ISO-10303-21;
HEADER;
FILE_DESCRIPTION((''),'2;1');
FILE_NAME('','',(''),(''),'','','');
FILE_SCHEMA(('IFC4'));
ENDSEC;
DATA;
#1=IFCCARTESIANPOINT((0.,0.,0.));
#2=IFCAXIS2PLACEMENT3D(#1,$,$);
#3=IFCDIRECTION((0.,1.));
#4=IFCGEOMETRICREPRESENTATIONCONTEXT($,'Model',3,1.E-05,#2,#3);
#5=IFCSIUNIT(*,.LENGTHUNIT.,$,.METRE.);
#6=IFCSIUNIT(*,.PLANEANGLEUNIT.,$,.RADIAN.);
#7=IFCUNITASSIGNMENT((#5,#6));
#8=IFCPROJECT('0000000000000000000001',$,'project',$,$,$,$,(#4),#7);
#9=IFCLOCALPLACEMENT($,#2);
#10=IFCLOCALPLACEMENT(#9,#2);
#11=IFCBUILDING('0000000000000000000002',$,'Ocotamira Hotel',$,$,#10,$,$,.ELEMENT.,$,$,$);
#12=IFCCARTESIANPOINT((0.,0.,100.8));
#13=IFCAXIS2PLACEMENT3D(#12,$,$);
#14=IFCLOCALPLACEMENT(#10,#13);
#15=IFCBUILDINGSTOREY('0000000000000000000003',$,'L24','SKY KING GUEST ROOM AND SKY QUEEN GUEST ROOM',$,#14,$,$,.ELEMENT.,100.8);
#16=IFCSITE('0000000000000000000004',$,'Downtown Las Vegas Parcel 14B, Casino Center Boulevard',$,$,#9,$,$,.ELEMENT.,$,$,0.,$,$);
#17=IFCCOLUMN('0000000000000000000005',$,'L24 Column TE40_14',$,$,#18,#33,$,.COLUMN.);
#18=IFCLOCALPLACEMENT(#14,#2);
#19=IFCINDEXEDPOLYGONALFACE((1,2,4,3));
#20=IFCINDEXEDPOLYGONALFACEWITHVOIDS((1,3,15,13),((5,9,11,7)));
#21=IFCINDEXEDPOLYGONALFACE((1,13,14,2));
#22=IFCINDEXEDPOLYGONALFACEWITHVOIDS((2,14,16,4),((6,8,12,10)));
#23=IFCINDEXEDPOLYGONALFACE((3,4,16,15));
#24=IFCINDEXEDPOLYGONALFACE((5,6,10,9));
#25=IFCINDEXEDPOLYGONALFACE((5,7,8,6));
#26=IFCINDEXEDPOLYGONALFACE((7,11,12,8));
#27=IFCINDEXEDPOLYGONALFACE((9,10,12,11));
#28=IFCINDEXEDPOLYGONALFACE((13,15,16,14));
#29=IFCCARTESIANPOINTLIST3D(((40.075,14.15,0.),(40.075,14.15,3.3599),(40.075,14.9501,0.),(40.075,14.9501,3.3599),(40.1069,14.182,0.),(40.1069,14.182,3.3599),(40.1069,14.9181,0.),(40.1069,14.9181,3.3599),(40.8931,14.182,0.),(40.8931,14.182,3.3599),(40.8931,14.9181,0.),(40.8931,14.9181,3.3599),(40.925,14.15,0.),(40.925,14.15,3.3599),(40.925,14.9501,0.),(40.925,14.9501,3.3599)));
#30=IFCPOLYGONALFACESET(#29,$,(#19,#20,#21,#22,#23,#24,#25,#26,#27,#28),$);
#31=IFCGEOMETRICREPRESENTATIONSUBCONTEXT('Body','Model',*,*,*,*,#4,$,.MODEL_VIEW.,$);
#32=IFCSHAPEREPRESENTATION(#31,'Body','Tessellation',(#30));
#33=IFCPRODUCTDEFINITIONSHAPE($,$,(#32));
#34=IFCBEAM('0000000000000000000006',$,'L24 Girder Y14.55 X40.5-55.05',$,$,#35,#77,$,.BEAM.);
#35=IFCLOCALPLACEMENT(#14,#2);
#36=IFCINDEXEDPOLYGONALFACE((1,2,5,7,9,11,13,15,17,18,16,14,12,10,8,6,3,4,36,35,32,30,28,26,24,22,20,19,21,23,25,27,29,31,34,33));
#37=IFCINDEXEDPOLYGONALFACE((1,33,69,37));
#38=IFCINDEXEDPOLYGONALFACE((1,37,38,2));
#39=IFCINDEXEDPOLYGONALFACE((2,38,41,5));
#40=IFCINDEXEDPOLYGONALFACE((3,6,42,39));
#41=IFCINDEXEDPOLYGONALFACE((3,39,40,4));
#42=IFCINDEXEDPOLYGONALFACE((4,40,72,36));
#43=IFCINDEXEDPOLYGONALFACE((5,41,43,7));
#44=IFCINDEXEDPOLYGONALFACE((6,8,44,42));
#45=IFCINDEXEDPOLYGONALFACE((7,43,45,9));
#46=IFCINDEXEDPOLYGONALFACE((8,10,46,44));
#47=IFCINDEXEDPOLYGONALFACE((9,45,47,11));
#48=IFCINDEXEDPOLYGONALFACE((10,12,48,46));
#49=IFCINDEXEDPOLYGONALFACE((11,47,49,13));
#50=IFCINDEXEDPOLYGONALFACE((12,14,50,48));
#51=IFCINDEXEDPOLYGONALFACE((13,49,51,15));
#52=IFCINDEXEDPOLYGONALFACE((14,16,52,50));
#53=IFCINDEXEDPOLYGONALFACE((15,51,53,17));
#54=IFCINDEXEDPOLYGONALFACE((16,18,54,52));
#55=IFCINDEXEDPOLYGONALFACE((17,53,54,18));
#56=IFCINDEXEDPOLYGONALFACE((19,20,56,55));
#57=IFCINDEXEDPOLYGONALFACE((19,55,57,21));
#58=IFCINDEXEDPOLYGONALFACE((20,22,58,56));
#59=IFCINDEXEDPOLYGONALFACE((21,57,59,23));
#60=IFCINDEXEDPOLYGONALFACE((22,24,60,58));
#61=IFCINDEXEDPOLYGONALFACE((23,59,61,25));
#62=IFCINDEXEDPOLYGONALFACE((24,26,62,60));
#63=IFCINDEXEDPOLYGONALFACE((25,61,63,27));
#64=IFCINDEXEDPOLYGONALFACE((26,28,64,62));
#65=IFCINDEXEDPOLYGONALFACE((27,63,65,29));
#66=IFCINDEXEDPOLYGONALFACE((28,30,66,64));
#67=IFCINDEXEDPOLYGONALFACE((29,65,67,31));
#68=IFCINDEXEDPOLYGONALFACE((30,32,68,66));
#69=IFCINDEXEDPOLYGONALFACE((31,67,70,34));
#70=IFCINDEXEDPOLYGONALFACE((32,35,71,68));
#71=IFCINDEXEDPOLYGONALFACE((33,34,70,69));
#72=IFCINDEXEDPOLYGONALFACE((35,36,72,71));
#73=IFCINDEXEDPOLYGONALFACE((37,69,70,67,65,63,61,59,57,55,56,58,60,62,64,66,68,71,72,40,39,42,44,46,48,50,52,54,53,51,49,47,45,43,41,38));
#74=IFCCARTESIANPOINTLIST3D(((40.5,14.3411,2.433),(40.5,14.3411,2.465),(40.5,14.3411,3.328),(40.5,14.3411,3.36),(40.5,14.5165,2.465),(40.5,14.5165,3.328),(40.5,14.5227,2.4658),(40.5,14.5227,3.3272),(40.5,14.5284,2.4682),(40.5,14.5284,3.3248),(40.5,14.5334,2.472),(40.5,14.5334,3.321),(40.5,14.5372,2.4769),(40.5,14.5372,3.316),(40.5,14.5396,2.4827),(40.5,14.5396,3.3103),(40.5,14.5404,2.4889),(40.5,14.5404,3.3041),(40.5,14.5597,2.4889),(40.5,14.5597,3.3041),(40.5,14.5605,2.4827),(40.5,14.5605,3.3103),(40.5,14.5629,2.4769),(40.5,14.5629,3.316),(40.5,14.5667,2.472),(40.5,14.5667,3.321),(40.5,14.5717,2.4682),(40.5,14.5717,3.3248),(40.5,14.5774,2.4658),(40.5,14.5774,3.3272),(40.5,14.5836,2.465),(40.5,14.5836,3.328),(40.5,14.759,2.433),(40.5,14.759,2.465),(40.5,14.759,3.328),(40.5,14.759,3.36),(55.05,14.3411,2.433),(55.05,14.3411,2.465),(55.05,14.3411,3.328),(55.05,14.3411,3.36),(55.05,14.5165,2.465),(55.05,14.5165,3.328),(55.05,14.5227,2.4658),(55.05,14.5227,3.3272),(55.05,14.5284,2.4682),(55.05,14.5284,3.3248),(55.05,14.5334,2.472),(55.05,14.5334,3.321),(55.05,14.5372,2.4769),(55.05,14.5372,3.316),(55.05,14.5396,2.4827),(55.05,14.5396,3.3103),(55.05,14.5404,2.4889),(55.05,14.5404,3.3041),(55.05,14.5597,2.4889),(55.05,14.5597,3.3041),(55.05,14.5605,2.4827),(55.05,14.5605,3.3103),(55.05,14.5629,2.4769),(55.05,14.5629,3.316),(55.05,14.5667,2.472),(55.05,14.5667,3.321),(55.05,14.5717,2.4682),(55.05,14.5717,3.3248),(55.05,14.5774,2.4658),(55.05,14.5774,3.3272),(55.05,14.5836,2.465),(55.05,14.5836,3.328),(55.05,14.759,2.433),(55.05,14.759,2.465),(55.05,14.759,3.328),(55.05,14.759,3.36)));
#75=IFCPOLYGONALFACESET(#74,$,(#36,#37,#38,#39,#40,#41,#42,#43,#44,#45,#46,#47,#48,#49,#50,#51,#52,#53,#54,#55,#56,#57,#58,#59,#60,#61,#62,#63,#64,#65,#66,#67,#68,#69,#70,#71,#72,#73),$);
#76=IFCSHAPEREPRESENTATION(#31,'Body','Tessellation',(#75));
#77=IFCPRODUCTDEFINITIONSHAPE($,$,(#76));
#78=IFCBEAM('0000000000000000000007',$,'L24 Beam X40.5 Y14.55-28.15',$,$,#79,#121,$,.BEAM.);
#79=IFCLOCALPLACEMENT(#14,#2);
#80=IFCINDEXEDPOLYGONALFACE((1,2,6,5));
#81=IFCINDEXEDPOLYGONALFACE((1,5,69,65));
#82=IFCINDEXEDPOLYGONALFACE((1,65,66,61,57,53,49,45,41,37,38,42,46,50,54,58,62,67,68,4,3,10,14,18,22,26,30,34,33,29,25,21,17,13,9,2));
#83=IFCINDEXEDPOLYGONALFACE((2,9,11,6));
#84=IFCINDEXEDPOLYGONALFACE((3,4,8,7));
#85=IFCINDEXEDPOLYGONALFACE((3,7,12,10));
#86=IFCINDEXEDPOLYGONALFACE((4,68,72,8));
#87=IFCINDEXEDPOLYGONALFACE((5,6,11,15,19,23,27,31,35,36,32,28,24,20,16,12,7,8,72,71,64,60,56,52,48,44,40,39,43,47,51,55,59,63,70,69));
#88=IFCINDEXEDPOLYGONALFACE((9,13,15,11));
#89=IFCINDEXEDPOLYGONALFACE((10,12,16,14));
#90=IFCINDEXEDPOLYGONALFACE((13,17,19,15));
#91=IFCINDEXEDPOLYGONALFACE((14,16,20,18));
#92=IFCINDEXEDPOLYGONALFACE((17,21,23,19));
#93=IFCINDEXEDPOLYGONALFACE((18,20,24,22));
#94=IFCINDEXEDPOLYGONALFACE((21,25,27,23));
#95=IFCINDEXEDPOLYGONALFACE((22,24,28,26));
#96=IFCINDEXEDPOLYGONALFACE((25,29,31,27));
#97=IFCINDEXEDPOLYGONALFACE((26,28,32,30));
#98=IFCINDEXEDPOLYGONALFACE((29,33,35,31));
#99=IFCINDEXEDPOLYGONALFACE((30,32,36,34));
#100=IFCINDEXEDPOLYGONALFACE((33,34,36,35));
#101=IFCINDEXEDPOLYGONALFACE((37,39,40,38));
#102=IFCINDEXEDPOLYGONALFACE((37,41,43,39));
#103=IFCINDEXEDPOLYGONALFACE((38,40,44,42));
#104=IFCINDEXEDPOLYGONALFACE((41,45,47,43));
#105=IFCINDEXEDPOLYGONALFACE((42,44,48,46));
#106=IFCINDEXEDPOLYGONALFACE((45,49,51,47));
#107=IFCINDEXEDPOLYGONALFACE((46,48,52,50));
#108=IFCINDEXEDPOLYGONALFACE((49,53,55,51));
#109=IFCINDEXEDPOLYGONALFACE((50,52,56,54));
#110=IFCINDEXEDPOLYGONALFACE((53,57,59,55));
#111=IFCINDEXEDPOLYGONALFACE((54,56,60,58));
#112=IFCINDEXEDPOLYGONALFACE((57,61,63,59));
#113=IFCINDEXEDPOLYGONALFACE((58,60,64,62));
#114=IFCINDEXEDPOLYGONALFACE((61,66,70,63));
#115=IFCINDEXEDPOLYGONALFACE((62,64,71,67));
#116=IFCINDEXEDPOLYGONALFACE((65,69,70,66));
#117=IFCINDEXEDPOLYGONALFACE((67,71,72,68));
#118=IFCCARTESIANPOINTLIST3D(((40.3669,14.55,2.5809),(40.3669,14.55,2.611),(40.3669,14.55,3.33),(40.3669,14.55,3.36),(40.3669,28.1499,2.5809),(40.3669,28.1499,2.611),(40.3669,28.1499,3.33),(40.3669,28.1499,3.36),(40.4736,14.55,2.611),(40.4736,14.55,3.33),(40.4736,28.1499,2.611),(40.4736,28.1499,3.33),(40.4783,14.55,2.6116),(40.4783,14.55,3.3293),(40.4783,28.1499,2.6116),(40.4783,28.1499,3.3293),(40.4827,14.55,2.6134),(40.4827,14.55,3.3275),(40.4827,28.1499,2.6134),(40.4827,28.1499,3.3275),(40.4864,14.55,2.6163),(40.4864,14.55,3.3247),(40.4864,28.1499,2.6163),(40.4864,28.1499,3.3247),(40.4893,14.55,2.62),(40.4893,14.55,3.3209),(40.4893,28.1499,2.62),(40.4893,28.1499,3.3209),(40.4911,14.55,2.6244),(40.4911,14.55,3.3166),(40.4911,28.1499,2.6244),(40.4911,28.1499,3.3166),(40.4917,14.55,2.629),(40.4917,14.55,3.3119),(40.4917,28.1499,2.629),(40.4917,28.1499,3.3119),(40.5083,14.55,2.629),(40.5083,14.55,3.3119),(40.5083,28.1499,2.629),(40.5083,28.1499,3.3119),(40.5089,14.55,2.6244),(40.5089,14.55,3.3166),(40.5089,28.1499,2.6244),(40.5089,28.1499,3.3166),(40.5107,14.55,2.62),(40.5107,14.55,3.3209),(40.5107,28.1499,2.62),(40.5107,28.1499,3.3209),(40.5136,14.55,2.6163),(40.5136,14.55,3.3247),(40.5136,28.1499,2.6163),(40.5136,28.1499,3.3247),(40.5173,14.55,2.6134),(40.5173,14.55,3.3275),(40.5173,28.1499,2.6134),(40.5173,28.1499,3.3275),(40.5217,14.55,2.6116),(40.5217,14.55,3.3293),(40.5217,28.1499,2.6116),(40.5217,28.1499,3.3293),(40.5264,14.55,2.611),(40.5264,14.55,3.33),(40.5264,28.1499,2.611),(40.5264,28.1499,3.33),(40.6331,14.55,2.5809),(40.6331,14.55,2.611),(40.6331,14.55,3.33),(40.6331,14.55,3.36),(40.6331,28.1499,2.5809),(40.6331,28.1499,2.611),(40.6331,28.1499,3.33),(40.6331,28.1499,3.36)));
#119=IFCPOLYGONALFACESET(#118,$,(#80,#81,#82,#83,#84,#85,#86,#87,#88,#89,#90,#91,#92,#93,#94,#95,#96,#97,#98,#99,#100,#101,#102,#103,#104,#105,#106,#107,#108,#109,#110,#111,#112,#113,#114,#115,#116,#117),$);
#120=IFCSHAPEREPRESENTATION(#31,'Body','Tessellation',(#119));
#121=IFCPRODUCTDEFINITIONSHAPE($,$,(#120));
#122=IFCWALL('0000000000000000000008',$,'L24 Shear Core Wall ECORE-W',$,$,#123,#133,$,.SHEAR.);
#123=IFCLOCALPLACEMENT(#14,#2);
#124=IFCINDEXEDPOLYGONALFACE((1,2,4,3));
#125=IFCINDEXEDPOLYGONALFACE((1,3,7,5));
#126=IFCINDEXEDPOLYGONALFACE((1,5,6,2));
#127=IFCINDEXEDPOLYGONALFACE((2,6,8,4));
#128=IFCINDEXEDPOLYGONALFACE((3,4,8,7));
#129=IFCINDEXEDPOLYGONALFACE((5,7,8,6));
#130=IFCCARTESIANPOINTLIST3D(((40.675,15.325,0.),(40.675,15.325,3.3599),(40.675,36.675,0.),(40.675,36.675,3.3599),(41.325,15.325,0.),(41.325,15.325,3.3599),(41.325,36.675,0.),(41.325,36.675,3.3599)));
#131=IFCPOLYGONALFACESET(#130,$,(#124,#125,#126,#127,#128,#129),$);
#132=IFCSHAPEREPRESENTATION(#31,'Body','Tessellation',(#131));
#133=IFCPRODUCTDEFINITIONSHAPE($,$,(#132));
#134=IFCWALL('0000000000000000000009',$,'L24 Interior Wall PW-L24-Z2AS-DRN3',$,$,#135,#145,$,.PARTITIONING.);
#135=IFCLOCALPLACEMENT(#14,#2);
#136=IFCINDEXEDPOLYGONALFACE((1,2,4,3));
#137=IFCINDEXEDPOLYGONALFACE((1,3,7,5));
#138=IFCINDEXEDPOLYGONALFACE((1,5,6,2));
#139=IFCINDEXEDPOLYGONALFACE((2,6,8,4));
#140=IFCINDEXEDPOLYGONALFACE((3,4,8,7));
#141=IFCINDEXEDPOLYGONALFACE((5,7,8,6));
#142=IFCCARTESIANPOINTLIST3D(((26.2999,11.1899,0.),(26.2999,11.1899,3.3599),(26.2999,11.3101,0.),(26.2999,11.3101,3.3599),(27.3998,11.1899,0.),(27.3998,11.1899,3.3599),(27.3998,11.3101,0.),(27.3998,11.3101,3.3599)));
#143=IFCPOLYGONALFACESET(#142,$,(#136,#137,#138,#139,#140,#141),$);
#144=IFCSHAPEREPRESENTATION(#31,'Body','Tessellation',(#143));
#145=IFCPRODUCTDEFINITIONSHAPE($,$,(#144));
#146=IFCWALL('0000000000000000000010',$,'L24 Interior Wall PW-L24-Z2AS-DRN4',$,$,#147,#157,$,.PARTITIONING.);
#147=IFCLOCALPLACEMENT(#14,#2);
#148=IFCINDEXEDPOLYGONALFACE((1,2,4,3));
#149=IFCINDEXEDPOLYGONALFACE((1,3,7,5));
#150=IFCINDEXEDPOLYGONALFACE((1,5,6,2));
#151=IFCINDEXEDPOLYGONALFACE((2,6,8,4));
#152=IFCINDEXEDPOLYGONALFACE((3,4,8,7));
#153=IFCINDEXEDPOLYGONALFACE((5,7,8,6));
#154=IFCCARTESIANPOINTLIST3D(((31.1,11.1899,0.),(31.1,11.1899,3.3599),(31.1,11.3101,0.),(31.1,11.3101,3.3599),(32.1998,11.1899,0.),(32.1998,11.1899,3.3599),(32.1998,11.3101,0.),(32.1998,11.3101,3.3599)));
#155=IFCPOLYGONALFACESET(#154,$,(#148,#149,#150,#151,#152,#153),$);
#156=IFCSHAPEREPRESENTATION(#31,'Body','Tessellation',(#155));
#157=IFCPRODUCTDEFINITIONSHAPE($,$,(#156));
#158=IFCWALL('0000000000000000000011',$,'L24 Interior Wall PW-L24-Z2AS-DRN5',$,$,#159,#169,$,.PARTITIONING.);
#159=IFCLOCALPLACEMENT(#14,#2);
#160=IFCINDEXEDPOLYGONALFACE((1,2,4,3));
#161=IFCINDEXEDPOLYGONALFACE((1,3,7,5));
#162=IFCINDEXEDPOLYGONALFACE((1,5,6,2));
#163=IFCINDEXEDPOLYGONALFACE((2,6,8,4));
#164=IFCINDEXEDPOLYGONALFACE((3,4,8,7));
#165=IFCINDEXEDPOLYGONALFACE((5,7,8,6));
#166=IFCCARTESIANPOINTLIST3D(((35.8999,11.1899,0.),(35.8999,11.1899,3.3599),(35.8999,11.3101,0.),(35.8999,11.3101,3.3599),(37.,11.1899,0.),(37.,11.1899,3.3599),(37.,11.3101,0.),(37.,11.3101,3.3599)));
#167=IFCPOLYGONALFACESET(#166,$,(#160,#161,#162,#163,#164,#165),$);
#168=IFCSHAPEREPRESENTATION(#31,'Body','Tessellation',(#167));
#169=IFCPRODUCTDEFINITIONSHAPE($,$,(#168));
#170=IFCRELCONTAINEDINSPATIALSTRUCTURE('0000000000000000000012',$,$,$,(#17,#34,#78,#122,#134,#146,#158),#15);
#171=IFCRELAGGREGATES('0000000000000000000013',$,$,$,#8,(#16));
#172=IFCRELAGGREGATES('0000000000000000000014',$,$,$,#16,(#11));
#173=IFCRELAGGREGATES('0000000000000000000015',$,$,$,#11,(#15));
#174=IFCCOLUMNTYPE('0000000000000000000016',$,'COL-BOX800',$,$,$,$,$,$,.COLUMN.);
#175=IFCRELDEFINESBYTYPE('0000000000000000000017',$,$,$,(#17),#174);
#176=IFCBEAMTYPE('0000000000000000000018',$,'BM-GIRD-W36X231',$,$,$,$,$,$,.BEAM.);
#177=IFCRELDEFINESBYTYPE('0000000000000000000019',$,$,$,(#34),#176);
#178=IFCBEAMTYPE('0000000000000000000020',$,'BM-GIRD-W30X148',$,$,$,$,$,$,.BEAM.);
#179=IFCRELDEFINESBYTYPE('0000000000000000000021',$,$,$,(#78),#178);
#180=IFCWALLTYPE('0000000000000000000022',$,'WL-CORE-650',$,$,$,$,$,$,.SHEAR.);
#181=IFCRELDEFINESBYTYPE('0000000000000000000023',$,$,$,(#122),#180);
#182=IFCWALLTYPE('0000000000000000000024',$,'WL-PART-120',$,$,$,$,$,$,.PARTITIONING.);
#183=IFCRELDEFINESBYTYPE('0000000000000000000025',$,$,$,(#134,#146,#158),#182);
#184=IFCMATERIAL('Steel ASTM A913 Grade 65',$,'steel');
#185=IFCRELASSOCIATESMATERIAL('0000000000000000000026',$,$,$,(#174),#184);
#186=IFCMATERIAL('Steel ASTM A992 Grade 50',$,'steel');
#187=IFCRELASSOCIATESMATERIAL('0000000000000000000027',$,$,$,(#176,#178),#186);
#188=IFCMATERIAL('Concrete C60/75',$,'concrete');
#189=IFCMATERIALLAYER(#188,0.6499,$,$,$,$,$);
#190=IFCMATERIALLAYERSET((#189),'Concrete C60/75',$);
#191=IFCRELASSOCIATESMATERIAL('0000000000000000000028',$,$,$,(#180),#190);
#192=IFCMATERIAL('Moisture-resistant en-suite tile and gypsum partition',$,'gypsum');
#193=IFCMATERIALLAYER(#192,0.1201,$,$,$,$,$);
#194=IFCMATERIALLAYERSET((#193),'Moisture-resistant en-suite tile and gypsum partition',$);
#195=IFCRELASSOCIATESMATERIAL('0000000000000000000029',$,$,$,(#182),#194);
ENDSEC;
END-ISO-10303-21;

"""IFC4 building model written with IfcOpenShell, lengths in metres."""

from ifc_helpers import new_model, si_unit, direction, frame, frame_2d, origin, origin_2d, place, context, subcontext, project, spatial, rectangle, hollow_rectangle, i_section, extrude, source, transform, mapped, material, layer, layer_set, material_profile, profile_set, type_object, element, save


model = new_model("IFC4")

# Units and contexts
model_context = context("Model", 3, precision=1e-05, world=origin(), true_north=direction((0.0, 1.0)))
body_context = subcontext(model_context, "Body", "Model", "MODEL_VIEW")
ifc_project = project(units=[si_unit("LENGTHUNIT", "METRE"), si_unit("PLANEANGLEUNIT", "RADIAN")], contexts=[model_context])

# Site, building, storey
site_placement = place(None, origin())
site = spatial("IfcSite", under=ifc_project, at=site_placement, Name="Downtown Las Vegas Parcel 14B, Casino Center Boulevard", CompositionType="ELEMENT", RefElevation=0.0)
building_placement = place(site_placement, origin())
building = spatial("IfcBuilding", under=site, at=building_placement, Name="Ocotamira Hotel", CompositionType="ELEMENT")
storey_placement = place(building_placement, frame((0.0, 0.0, 100.8)))
storey = spatial("IfcBuildingStorey", under=building, at=storey_placement, Name="L24", Description="SKY KING GUEST ROOM AND SKY QUEEN GUEST ROOM", CompositionType="ELEMENT", Elevation=100.8)

# Column
ifc_material_1 = material(Name="Steel ASTM A913 Grade 65", Category="steel")
ifc_material_profile_1 = material_profile(ifc_material_1, hollow_rectangle(XDim=0.8501, YDim=0.8, WallThickness=0.032, at=origin_2d()), Name="BOX800X850X32")
ifc_profile_set_1 = profile_set([ifc_material_profile_1], Name="Steel ASTM A913 Grade 65")
column_type = type_object("IfcColumnType", Name="COL-BOX800", PredefinedType="COLUMN", material=ifc_profile_set_1)
shared_shape_1 = source(origin(), body_context, "Body", "SweptSolid", [
    extrude(hollow_rectangle(XDim=0.8501, YDim=0.8, WallThickness=0.032, at=origin_2d()), origin(), (0.0, 0.0, 1.0), 3.3599),
])
column_placement = place(storey_placement, frame((40.5, 14.55, 0.0), z_axis=(0.0, 0.0, 1.0), x_axis=(1.0, 0.0, 0.0)))
element("IfcColumn", 1, at=column_placement, inside=storey, type_object=column_type, Name="L24 Column TE40_14", PredefinedType="COLUMN", context=body_context, shape_type="MappedRepresentation", body=[
    mapped(shared_shape_1, transform((0.0, 0.0, 0.0), scale=1.0)),
])

# Beams
ifc_material_2 = material(Name="Steel ASTM A992 Grade 50", Category="steel")
ifc_material_profile_2 = material_profile(ifc_material_2, i_section(OverallWidth=0.418, OverallDepth=0.927, WebThickness=0.0193, FlangeThickness=0.032, FilletRadius=0.0239, at=origin_2d()), Name="W36X231")
ifc_profile_set_2 = profile_set([ifc_material_profile_2], Name="Steel ASTM A992 Grade 50")
beam_type_1 = type_object("IfcBeamType", Name="BM-GIRD-W36X231", PredefinedType="BEAM", material=ifc_profile_set_2)
shared_shape_2 = source(origin(), body_context, "Body", "SweptSolid", [
    extrude(i_section(OverallWidth=0.418, OverallDepth=0.927, WebThickness=0.0193, FlangeThickness=0.032, FilletRadius=0.0239, at=origin_2d()), origin(), (0.0, 0.0, 1.0), 14.55),
])
beam_1_placement = place(storey_placement, frame((40.5, 14.55, 2.8965), z_axis=(1.0, 0.0, 0.0), x_axis=(0.0, 1.0, 0.0)))
element("IfcBeam", 2, at=beam_1_placement, inside=storey, type_object=beam_type_1, Name="L24 Girder Y14.55 X40.5-55.05", PredefinedType="BEAM", context=body_context, shape_type="MappedRepresentation", body=[
    mapped(shared_shape_2, transform((0.0, 0.0, 0.0), scale=1.0)),
])
ifc_material_profile_3 = material_profile(ifc_material_2, i_section(OverallWidth=0.2661, OverallDepth=0.7791, WebThickness=0.0166, FlangeThickness=0.03, FilletRadius=0.0181, at=origin_2d()), Name="W30X148")
ifc_profile_set_3 = profile_set([ifc_material_profile_3], Name="Steel ASTM A992 Grade 50")
beam_type_2 = type_object("IfcBeamType", Name="BM-GIRD-W30X148", PredefinedType="BEAM", material=ifc_profile_set_3)
shared_shape_3 = source(origin(), body_context, "Body", "SweptSolid", [
    extrude(i_section(OverallWidth=0.2661, OverallDepth=0.7791, WebThickness=0.0166, FlangeThickness=0.03, FilletRadius=0.0181, at=origin_2d()), origin(), (0.0, 0.0, 1.0), 13.5999),
])
beam_2_placement = place(storey_placement, frame((40.5, 14.55, 2.9705), z_axis=(0.0, 1.0, 0.0), x_axis=(-1.0, 0.0, 0.0)))
element("IfcBeam", 3, at=beam_2_placement, inside=storey, type_object=beam_type_2, Name="L24 Beam X40.5 Y14.55-28.15", PredefinedType="BEAM", context=body_context, shape_type="MappedRepresentation", body=[
    mapped(shared_shape_3, transform((0.0, 0.0, 0.0), scale=1.0)),
])

# Shared definitions
ifc_material_3 = material(Name="Concrete C60/75", Category="concrete")
ifc_layer_1 = layer(ifc_material_3, 0.6499)
ifc_layer_set_1 = layer_set([ifc_layer_1], Name="Concrete C60/75")
wall_type_1 = type_object("IfcWallType", Name="WL-CORE-650", PredefinedType="SHEAR", material=ifc_layer_set_1)

# Walls
wall_1_placement = place(storey_placement, frame((41.0, 15.325, 0.0), z_axis=(0.0, 0.0, 1.0), x_axis=(0.0, 1.0, 0.0)))
element("IfcWall", 4, at=wall_1_placement, inside=storey, type_object=wall_type_1, Name="L24 Shear Core Wall ECORE-W", PredefinedType="SHEAR", context=body_context, shape_type="SweptSolid", body=[
    extrude(rectangle(XDim=21.3501, YDim=0.6499, at=frame_2d((10.675, 0.0))), origin(), (0.0, 0.0, 1.0), 3.3599),
])
ifc_material_4 = material(Name="Moisture-resistant en-suite tile and gypsum partition", Category="gypsum")
ifc_layer_2 = layer(ifc_material_4, 0.1201)
ifc_layer_set_2 = layer_set([ifc_layer_2], Name="Moisture-resistant en-suite tile and gypsum partition")
wall_type_2 = type_object("IfcWallType", Name="WL-PART-120", PredefinedType="PARTITIONING", material=ifc_layer_set_2)
for number, where, z_axis, x_axis, name in (
    (5, (26.3, 11.25, 0.0), (0.0, 0.0, 1.0), (1.0, 0.0, 0.0), "L24 Interior Wall PW-L24-Z2AS-DRN3"),
    (6, (31.1001, 11.25, 0.0), (0.0, 0.0, 1.0), (1.0, 0.0, 0.0), "L24 Interior Wall PW-L24-Z2AS-DRN4"),
):
    element("IfcWall", number, at=place(storey_placement, frame(where, z_axis=z_axis, x_axis=x_axis)), inside=storey, type_object=wall_type_2, Name=name, PredefinedType="PARTITIONING", context=body_context, shape_type="SweptSolid", body=[
        extrude(rectangle(XDim=1.0999, YDim=0.1201, at=frame_2d((0.5498, 0.0))), origin(), (0.0, 0.0, 1.0), 3.3599),
    ])
wall_2_placement = place(storey_placement, frame((35.8999, 11.25, 0.0), z_axis=(0.0, 0.0, 1.0), x_axis=(1.0, 0.0, 0.0)))
element("IfcWall", 7, at=wall_2_placement, inside=storey, type_object=wall_type_2, Name="L24 Interior Wall PW-L24-Z2AS-DRN5", PredefinedType="PARTITIONING", context=body_context, shape_type="SweptSolid", body=[
    extrude(rectangle(XDim=1.1001, YDim=0.1201, at=frame_2d((0.55, 0.0))), origin(), (0.0, 0.0, 1.0), 3.3599),
])

save(model, "model.ifc")
